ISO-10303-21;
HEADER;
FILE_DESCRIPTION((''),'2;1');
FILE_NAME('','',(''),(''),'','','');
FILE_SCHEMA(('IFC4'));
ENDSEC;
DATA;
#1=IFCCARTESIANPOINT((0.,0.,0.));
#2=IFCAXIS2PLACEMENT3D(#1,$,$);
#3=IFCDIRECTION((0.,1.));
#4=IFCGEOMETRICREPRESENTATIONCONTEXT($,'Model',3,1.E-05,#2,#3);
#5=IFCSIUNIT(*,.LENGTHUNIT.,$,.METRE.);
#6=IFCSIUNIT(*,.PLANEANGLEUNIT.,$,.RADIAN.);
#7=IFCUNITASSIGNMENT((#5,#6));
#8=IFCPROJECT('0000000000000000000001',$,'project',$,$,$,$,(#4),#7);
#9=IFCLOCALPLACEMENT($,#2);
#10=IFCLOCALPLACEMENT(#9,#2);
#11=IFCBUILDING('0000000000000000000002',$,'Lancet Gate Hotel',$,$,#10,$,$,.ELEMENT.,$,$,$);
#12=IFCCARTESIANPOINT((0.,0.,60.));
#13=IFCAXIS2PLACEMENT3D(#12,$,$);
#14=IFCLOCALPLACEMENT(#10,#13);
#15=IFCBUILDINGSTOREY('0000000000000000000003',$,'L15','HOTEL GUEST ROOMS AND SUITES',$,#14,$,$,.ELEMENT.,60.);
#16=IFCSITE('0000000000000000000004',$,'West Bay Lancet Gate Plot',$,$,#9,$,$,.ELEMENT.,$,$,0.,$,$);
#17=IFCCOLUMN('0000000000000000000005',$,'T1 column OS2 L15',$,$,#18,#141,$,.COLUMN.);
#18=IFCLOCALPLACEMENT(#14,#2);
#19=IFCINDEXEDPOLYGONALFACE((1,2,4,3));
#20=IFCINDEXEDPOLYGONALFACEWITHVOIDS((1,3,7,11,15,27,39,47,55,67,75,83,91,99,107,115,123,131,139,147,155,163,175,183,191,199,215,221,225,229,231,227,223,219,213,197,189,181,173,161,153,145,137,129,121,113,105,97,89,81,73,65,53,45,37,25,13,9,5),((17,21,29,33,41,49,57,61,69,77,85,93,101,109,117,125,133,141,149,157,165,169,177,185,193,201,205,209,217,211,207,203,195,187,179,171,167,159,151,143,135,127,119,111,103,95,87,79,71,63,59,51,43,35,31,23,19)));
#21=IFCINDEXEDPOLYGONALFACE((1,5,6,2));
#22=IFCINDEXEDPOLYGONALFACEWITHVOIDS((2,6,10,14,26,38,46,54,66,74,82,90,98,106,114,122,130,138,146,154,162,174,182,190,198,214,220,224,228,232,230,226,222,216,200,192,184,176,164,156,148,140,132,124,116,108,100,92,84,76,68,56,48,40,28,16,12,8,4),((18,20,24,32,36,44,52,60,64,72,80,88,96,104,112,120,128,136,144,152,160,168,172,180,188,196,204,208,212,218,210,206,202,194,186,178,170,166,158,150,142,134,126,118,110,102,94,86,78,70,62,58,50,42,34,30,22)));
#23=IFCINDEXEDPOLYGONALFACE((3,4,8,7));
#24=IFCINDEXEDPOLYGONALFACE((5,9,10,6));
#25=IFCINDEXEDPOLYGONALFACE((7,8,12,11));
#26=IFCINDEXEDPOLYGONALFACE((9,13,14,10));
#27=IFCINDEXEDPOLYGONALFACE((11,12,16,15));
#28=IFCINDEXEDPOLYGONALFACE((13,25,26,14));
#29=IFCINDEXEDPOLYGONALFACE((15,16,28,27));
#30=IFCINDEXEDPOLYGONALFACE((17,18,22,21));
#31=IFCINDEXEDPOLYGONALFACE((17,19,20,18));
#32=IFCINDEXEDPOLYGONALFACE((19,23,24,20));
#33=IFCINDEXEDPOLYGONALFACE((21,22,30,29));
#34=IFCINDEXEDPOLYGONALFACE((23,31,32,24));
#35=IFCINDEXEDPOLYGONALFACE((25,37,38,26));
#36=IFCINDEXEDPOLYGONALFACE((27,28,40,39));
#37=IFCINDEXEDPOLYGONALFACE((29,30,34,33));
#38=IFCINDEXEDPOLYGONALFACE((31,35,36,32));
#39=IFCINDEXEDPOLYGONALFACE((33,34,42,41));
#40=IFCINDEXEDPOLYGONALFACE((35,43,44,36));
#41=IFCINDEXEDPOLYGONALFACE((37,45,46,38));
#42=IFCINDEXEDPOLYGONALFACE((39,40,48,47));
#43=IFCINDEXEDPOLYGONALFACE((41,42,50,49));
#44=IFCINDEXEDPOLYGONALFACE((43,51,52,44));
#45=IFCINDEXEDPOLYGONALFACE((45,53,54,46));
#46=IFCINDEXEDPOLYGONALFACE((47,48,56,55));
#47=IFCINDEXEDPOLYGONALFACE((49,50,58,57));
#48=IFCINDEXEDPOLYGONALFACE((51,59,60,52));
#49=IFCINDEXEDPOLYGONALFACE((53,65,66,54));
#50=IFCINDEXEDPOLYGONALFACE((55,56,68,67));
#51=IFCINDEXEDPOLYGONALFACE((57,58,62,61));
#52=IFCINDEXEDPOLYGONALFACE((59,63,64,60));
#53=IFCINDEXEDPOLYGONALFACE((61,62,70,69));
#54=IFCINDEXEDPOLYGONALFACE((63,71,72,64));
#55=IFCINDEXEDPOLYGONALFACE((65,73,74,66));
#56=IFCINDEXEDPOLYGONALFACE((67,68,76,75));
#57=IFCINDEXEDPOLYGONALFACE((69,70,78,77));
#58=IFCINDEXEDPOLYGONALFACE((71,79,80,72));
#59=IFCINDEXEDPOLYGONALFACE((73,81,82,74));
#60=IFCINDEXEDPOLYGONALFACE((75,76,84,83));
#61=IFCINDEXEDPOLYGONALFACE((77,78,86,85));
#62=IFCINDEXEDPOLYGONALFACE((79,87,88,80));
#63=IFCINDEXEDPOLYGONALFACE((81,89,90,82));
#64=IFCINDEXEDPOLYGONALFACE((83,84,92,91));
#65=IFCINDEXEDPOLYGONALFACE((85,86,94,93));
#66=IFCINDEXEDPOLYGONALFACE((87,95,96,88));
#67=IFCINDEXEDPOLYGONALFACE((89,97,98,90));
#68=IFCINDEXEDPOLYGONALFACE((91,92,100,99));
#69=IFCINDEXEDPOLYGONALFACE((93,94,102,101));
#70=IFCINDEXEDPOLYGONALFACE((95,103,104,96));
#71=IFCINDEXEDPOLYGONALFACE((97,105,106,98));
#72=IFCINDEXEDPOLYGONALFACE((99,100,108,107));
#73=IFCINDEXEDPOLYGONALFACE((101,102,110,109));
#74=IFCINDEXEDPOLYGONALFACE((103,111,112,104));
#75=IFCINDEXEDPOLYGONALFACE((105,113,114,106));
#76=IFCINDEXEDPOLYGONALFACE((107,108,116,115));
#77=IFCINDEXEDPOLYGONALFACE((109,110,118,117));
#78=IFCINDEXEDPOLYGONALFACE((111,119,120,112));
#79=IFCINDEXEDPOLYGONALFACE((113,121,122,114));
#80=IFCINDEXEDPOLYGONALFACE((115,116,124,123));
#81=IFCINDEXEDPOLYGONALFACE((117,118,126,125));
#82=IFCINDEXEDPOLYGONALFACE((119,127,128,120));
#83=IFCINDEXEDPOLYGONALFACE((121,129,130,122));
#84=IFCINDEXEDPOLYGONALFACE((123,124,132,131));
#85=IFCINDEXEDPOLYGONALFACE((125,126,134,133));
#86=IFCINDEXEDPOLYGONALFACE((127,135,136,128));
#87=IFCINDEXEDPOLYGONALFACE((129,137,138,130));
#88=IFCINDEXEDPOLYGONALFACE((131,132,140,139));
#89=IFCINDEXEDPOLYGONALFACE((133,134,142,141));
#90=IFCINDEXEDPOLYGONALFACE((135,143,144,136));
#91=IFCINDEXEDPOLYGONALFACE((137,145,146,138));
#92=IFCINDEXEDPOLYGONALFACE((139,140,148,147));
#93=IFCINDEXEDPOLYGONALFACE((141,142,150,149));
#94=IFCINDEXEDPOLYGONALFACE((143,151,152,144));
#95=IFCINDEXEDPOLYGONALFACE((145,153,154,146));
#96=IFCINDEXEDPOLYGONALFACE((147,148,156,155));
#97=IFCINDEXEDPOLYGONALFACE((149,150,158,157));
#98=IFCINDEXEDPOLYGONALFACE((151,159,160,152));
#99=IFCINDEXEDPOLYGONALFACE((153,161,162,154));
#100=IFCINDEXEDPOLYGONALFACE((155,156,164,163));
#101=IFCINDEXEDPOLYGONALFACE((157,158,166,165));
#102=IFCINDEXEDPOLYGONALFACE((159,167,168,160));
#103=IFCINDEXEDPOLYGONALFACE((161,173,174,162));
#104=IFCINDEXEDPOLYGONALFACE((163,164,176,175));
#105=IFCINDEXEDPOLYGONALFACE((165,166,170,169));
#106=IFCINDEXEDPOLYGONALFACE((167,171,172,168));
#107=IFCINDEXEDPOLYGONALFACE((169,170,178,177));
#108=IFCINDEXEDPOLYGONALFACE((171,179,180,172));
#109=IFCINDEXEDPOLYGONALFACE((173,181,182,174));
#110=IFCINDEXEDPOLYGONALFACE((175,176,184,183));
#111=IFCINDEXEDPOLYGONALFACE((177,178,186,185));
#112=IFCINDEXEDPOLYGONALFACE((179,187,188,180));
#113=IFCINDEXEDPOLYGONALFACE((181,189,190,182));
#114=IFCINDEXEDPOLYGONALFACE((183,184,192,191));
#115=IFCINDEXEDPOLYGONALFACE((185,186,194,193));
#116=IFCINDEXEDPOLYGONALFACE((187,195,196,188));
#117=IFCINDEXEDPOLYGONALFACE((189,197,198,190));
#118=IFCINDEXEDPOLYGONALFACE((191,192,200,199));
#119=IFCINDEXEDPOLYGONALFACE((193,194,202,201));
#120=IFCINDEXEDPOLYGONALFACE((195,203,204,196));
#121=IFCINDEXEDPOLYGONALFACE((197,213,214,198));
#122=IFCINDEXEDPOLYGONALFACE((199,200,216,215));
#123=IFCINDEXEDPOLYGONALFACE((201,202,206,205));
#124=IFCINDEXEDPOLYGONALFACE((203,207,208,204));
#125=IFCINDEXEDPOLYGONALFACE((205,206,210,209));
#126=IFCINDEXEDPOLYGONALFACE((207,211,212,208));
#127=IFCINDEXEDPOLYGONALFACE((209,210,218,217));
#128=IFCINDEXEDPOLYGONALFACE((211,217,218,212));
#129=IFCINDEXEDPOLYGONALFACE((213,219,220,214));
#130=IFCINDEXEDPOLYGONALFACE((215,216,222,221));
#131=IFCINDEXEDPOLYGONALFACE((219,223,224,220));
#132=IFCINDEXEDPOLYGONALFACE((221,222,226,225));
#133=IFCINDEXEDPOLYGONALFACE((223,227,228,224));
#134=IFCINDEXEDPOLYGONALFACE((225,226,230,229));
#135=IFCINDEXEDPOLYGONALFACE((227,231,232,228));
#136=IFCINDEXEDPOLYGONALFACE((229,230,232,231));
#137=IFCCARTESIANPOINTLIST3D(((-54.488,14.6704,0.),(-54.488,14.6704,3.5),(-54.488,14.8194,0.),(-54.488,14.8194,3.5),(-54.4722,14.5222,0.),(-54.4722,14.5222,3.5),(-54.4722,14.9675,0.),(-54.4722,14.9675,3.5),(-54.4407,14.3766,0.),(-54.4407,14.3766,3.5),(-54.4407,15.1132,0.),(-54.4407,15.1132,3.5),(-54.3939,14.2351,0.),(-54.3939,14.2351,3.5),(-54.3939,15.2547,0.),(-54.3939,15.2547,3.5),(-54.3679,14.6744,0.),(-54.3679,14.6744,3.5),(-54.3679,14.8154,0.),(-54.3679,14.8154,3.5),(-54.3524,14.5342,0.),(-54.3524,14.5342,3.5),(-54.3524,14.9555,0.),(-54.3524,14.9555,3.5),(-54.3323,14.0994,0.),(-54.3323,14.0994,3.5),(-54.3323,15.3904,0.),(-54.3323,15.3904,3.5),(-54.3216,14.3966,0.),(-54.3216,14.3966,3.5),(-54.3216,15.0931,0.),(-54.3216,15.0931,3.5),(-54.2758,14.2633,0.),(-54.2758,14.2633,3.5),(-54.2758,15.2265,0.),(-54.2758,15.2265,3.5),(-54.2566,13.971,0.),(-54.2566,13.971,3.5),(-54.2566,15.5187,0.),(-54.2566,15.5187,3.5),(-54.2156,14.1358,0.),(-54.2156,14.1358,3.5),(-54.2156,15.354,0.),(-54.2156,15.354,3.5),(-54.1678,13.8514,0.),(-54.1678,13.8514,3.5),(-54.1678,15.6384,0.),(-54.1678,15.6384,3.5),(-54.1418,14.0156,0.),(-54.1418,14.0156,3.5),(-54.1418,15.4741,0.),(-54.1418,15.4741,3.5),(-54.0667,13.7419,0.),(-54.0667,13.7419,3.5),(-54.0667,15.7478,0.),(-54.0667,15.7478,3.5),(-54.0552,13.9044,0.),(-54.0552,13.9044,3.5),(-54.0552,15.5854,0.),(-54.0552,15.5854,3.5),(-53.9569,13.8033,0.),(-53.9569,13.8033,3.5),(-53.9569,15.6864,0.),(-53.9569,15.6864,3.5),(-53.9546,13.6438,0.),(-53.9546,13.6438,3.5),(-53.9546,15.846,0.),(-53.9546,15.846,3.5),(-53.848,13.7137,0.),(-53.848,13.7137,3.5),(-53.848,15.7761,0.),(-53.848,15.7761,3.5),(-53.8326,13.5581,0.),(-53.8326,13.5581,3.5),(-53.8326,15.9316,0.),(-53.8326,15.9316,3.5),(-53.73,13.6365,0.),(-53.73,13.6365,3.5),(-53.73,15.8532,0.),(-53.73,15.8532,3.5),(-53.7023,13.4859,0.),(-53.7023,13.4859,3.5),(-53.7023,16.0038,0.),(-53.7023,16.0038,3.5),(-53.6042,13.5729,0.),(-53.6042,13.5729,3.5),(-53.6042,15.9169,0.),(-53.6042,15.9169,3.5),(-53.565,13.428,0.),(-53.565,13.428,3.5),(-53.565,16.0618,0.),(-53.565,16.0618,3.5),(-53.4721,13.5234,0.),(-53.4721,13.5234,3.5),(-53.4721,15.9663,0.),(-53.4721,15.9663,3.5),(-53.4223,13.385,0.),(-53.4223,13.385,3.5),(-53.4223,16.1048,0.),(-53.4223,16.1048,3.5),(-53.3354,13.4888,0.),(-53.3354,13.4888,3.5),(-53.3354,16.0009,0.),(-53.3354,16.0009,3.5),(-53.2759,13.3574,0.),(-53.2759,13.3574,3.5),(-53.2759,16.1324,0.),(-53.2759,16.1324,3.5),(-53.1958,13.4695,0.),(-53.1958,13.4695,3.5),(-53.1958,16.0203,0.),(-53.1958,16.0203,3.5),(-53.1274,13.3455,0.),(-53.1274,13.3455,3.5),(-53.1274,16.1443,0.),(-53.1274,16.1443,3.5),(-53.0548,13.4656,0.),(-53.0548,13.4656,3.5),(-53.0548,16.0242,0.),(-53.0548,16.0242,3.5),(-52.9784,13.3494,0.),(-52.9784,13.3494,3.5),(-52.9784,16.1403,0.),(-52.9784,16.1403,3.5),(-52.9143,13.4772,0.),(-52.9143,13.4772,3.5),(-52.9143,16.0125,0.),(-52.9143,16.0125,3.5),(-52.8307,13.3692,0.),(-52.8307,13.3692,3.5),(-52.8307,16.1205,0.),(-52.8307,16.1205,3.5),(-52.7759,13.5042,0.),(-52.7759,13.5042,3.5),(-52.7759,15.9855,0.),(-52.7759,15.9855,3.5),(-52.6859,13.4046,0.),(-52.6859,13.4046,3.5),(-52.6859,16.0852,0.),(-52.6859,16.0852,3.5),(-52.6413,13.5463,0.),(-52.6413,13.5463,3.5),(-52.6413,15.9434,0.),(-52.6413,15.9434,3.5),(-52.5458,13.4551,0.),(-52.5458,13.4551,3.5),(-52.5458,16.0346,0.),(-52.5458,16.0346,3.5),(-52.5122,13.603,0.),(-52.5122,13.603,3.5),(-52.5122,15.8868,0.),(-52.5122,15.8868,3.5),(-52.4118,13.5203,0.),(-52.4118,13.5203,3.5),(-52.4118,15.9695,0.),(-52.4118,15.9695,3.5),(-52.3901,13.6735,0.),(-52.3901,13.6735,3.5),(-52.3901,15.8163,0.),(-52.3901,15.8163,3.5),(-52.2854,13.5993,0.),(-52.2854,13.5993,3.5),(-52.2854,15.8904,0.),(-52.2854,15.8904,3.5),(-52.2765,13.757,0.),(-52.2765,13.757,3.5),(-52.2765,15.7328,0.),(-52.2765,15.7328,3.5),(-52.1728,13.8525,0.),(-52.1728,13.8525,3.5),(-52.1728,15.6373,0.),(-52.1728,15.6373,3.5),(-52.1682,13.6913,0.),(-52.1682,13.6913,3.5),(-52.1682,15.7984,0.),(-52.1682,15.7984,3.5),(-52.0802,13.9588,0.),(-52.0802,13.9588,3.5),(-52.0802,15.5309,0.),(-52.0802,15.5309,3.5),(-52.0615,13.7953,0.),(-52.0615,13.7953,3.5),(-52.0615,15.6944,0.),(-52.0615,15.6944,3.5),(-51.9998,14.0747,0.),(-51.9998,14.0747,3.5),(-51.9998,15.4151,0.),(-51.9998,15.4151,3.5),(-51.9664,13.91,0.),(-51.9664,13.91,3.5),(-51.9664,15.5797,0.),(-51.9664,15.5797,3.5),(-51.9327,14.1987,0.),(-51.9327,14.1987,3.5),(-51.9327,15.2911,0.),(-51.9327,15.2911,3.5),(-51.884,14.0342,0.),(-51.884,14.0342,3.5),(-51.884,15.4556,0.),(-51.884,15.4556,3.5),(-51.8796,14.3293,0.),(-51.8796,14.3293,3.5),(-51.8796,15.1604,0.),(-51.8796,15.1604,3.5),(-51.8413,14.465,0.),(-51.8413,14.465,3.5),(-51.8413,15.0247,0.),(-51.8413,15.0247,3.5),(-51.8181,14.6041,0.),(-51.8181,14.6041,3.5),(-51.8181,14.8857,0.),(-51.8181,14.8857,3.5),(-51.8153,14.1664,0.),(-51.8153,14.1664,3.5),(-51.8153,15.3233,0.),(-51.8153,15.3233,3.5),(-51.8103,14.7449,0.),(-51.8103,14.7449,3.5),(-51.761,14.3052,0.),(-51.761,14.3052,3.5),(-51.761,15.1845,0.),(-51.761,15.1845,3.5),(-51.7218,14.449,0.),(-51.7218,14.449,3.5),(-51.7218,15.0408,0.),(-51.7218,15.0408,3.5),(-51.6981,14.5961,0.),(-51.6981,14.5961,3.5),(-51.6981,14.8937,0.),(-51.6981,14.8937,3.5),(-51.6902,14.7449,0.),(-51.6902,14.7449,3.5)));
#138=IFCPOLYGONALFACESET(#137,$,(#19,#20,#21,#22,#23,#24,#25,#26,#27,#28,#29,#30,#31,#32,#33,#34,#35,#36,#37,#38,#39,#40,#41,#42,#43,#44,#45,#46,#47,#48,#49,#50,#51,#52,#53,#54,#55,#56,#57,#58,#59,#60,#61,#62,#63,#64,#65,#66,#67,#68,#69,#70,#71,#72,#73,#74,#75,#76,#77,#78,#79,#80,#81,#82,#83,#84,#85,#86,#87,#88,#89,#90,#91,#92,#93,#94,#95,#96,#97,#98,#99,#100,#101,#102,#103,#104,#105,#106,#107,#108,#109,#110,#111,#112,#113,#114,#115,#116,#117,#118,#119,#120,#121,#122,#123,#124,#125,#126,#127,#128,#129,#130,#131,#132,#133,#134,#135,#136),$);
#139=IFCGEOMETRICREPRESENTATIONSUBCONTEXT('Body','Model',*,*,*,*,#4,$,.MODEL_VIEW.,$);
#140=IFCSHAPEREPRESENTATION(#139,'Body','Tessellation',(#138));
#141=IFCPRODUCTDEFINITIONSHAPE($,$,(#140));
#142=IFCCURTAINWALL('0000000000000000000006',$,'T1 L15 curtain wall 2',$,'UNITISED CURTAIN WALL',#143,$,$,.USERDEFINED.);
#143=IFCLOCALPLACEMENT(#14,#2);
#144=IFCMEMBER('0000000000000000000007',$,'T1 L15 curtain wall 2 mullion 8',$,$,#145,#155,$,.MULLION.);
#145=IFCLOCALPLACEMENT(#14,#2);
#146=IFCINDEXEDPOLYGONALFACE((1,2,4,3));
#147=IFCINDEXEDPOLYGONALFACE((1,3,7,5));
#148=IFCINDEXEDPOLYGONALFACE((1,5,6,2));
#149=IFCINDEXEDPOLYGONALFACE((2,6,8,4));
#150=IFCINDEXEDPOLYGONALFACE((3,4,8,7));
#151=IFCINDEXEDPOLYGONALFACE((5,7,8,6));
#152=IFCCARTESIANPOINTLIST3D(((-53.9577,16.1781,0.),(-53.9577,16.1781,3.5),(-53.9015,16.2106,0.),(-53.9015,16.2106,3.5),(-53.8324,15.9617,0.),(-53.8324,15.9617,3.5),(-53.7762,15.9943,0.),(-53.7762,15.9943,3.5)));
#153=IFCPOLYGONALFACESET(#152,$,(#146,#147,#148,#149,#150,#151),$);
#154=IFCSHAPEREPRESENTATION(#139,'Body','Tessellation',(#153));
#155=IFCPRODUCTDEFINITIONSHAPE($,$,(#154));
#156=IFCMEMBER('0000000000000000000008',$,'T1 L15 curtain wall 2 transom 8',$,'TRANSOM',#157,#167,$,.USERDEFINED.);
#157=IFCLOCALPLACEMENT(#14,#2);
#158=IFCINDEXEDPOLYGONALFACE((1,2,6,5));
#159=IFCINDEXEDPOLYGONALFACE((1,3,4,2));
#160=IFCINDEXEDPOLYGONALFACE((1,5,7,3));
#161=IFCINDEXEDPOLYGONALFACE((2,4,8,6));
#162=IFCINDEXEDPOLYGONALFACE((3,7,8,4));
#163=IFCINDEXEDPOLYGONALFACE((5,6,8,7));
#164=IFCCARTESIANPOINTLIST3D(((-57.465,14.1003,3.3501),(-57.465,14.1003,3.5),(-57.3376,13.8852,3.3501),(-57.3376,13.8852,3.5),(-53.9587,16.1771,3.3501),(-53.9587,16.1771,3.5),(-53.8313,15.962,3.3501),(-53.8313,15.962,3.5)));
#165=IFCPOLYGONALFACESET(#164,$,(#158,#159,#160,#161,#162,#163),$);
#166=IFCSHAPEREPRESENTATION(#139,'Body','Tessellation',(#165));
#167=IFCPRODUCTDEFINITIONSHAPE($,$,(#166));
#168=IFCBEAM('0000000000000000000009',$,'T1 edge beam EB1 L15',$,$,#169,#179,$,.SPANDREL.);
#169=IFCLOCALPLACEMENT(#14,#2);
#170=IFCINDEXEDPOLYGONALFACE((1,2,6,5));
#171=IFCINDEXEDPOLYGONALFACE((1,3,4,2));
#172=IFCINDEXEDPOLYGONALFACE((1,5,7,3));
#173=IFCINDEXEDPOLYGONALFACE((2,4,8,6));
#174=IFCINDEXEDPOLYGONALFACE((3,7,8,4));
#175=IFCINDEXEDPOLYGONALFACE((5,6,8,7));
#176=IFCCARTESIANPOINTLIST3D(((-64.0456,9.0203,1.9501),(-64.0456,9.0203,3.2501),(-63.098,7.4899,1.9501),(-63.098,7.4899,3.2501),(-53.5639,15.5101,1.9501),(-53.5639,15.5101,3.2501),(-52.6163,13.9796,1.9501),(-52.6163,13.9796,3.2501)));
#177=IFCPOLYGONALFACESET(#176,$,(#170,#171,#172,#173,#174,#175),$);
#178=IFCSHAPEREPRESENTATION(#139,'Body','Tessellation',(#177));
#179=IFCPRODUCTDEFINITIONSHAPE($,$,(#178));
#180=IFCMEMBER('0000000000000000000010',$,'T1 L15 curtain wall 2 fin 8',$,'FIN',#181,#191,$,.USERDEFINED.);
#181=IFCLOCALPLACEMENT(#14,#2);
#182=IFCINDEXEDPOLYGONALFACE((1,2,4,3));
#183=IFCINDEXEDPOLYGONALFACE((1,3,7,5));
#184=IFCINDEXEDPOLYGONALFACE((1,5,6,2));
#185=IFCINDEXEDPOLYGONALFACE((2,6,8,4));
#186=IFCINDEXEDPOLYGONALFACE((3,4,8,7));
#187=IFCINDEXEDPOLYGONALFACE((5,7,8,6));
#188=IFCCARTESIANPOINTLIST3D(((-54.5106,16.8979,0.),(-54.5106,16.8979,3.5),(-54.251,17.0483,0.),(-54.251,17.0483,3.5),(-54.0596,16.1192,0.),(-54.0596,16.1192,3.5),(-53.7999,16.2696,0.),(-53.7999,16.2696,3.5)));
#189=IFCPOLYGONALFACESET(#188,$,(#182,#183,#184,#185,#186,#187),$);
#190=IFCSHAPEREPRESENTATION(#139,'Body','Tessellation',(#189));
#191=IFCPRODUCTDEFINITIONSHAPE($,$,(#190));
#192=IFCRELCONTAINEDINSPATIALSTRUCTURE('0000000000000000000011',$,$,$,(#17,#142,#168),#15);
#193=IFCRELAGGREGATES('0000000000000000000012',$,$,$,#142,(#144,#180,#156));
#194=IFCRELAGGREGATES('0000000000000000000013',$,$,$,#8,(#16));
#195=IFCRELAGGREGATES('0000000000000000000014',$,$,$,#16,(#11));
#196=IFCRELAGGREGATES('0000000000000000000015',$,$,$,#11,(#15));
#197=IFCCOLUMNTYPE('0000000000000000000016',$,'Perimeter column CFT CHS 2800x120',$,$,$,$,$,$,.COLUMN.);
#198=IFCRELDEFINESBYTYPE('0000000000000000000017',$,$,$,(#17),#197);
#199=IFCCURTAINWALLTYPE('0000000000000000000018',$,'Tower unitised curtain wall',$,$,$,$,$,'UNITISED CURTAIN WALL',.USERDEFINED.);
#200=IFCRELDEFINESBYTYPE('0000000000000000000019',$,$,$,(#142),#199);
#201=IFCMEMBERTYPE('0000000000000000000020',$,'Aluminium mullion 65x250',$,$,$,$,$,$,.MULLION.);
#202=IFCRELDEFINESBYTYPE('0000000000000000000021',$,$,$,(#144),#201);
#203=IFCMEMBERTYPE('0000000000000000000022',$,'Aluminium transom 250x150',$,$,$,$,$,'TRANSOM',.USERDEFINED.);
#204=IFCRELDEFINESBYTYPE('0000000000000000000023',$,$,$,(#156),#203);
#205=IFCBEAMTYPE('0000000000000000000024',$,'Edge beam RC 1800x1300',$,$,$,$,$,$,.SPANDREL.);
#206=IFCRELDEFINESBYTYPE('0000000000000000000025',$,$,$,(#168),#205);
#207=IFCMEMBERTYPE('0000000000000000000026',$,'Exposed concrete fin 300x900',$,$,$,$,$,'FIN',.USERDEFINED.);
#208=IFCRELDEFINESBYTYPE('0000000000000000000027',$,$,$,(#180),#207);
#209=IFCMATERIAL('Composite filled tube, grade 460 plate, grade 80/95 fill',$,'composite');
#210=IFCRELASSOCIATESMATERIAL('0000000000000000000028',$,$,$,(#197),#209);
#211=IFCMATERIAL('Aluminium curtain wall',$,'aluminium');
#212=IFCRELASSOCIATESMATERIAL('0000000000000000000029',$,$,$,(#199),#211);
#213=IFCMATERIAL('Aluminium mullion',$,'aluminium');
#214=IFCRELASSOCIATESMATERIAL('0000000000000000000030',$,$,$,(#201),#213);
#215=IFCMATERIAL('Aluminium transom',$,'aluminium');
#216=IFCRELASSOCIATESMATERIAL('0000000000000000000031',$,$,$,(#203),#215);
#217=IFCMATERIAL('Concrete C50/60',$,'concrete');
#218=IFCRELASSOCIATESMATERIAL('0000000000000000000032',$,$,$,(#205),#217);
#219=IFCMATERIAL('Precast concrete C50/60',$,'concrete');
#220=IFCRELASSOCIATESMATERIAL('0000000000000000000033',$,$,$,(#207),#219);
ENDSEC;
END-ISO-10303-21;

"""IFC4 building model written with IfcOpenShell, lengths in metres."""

from ifc_helpers import new_model, si_unit, direction, frame, origin, origin_2d, place, context, subcontext, project, spatial, rectangle, hollow_circle, extrude, material, material_profile, profile_set, type_object, element, aggregate, save


model = new_model("IFC4")

# Units and contexts
model_context = context("Model", 3, precision=1e-05, world=origin(), true_north=direction((0.0, 1.0)))
body_context = subcontext(model_context, "Body", "Model", "MODEL_VIEW")
ifc_project = project(units=[si_unit("LENGTHUNIT", "METRE"), si_unit("PLANEANGLEUNIT", "RADIAN")], contexts=[model_context])

# Site, building, storey
site_placement = place(None, origin())
site = spatial("IfcSite", under=ifc_project, at=site_placement, Name="West Bay Lancet Gate Plot", CompositionType="ELEMENT", RefElevation=0.0)
building_placement = place(site_placement, origin())
building = spatial("IfcBuilding", under=site, at=building_placement, Name="Lancet Gate Hotel", CompositionType="ELEMENT")
storey_placement = place(building_placement, frame((0.0, 0.0, 60.0)))
storey = spatial("IfcBuildingStorey", under=building, at=storey_placement, Name="L15", Description="HOTEL GUEST ROOMS AND SUITES", CompositionType="ELEMENT", Elevation=60.0)

# Column
ifc_material_1 = material(Name="Composite filled tube, grade 460 plate, grade 80/95 fill", Category="composite")
ifc_material_profile_1 = material_profile(ifc_material_1, hollow_circle(Radius=1.3999, WallThickness=0.1201, at=origin_2d()), Name="CHS 2800x120")
ifc_profile_set_1 = profile_set([ifc_material_profile_1], Name="Composite filled tube, grade 460 plate, grade 80/95 fill")
column_type = type_object("IfcColumnType", Name="Perimeter column CFT CHS 2800x120", PredefinedType="COLUMN", material=ifc_profile_set_1)
column_placement = place(storey_placement, frame((-53.0901, 14.7449, 0.0), z_axis=(0.0, 0.0, 1.0), x_axis=(1.0, 0.0, 0.0)))
element("IfcColumn", 1, at=column_placement, inside=storey, type_object=column_type, Name="T1 column OS2 L15", PredefinedType="COLUMN", context=body_context, shape_type="SweptSolid", body=[
    extrude(hollow_circle(Radius=1.3999, WallThickness=0.1201, at=origin_2d()), origin(), (0.0, 0.0, 1.0), 3.5),
])

# Curtain wall, members
ifc_material_2 = material(Name="Aluminium curtain wall", Category="aluminium")
curtain_wall_type = type_object("IfcCurtainWallType", Name="Tower unitised curtain wall", ElementType="UNITISED CURTAIN WALL", PredefinedType="USERDEFINED", material=ifc_material_2)
curtain_wall_placement = place(storey_placement, origin())
curtain_wall = element("IfcCurtainWall", 2, at=curtain_wall_placement, inside=storey, type_object=curtain_wall_type, Name="T1 L15 curtain wall 2", ObjectType="UNITISED CURTAIN WALL", PredefinedType="USERDEFINED")
ifc_material_3 = material(Name="Aluminium mullion", Category="aluminium")
ifc_material_profile_2 = material_profile(ifc_material_3, rectangle(XDim=0.0649, YDim=0.25, at=origin_2d()), Name="MULLION 65x250")
ifc_profile_set_2 = profile_set([ifc_material_profile_2], Name="Aluminium mullion")
member_type_1 = type_object("IfcMemberType", Name="Aluminium mullion 65x250", PredefinedType="MULLION", material=ifc_profile_set_2)
member_1_placement = place(storey_placement, frame((-53.8669, 16.0862, 0.0), z_axis=(0.0, 0.0, 1.0), x_axis=(-0.865335, -0.501194, 0.0)))
member_1 = element("IfcMember", 3, at=member_1_placement, type_object=member_type_1, Name="T1 L15 curtain wall 2 mullion 8", PredefinedType="MULLION", context=body_context, shape_type="SweptSolid", body=[
    extrude(rectangle(XDim=0.0649, YDim=0.25, at=origin_2d()), origin(), (0.0, 0.0, 1.0), 3.5),
])
ifc_material_4 = material(Name="Aluminium transom", Category="aluminium")
ifc_material_profile_3 = material_profile(ifc_material_4, rectangle(XDim=0.25, YDim=0.1499, at=origin_2d()), Name="TRANSOM 250x150")
ifc_profile_set_3 = profile_set([ifc_material_profile_3], Name="Aluminium transom")
member_type_2 = type_object("IfcMemberType", Name="Aluminium transom 250x150", ElementType="TRANSOM", PredefinedType="USERDEFINED", material=ifc_profile_set_3)
member_2_placement = place(storey_placement, frame((-53.895, 16.0696, 3.425), z_axis=(-0.860392, -0.509633, 0.0), x_axis=(0.509633, -0.860392, 0.0)))
member_2 = element("IfcMember", 4, at=member_2_placement, type_object=member_type_2, Name="T1 L15 curtain wall 2 transom 8", ObjectType="TRANSOM", PredefinedType="USERDEFINED", context=body_context, shape_type="SweptSolid", body=[
    extrude(rectangle(XDim=0.25, YDim=0.1499, at=origin_2d()), origin(), (0.0, 0.0, 1.0), 4.0752),
])

# Beam
ifc_material_5 = material(Name="Concrete C50/60", Category="concrete")
ifc_material_profile_4 = material_profile(ifc_material_5, rectangle(XDim=1.8, YDim=1.3, at=origin_2d()), Name="RC 1800x1300")
ifc_profile_set_4 = profile_set([ifc_material_profile_4], Name="Concrete C50/60")
beam_type_1 = type_object("IfcBeamType", Name="Edge beam RC 1800x1300", PredefinedType="SPANDREL", material=ifc_profile_set_4)
beam_1_placement = place(storey_placement, frame((-53.0901, 14.7449, 2.6001), z_axis=(-0.850226, -0.526418, 0.0), x_axis=(0.526418, -0.850226, 0.0)))
element("IfcBeam", 5, at=beam_1_placement, inside=storey, type_object=beam_type_1, Name="T1 edge beam EB1 L15", PredefinedType="SPANDREL", context=body_context, shape_type="SweptSolid", body=[
    extrude(rectangle(XDim=1.8, YDim=1.3, at=origin_2d()), origin(), (0.0, 0.0, 1.0), 12.3281),
])

# Member
ifc_material_6 = material(Name="Precast concrete C50/60", Category="concrete")
ifc_material_profile_5 = material_profile(ifc_material_6, rectangle(XDim=0.3, YDim=0.8999, at=origin_2d()), Name="FIN 300x900")
ifc_profile_set_5 = profile_set([ifc_material_profile_5], Name="Precast concrete C50/60")
member_type_3 = type_object("IfcMemberType", Name="Exposed concrete fin 300x900", ElementType="FIN", PredefinedType="USERDEFINED", material=ifc_profile_set_5)
member_3_placement = place(storey_placement, frame((-54.1553, 16.5837, 0.0), z_axis=(0.0, 0.0, 1.0), x_axis=(-0.865335, -0.501194, 0.0)))
member_3 = element("IfcMember", 6, at=member_3_placement, type_object=member_type_3, Name="T1 L15 curtain wall 2 fin 8", ObjectType="FIN", PredefinedType="USERDEFINED", context=body_context, shape_type="SweptSolid", body=[
    extrude(rectangle(XDim=0.3, YDim=0.8999, at=origin_2d()), origin(), (0.0, 0.0, 1.0), 3.5),
])

aggregate(curtain_wall, [member_1, member_3, member_2])

save(model, "model.ifc")
